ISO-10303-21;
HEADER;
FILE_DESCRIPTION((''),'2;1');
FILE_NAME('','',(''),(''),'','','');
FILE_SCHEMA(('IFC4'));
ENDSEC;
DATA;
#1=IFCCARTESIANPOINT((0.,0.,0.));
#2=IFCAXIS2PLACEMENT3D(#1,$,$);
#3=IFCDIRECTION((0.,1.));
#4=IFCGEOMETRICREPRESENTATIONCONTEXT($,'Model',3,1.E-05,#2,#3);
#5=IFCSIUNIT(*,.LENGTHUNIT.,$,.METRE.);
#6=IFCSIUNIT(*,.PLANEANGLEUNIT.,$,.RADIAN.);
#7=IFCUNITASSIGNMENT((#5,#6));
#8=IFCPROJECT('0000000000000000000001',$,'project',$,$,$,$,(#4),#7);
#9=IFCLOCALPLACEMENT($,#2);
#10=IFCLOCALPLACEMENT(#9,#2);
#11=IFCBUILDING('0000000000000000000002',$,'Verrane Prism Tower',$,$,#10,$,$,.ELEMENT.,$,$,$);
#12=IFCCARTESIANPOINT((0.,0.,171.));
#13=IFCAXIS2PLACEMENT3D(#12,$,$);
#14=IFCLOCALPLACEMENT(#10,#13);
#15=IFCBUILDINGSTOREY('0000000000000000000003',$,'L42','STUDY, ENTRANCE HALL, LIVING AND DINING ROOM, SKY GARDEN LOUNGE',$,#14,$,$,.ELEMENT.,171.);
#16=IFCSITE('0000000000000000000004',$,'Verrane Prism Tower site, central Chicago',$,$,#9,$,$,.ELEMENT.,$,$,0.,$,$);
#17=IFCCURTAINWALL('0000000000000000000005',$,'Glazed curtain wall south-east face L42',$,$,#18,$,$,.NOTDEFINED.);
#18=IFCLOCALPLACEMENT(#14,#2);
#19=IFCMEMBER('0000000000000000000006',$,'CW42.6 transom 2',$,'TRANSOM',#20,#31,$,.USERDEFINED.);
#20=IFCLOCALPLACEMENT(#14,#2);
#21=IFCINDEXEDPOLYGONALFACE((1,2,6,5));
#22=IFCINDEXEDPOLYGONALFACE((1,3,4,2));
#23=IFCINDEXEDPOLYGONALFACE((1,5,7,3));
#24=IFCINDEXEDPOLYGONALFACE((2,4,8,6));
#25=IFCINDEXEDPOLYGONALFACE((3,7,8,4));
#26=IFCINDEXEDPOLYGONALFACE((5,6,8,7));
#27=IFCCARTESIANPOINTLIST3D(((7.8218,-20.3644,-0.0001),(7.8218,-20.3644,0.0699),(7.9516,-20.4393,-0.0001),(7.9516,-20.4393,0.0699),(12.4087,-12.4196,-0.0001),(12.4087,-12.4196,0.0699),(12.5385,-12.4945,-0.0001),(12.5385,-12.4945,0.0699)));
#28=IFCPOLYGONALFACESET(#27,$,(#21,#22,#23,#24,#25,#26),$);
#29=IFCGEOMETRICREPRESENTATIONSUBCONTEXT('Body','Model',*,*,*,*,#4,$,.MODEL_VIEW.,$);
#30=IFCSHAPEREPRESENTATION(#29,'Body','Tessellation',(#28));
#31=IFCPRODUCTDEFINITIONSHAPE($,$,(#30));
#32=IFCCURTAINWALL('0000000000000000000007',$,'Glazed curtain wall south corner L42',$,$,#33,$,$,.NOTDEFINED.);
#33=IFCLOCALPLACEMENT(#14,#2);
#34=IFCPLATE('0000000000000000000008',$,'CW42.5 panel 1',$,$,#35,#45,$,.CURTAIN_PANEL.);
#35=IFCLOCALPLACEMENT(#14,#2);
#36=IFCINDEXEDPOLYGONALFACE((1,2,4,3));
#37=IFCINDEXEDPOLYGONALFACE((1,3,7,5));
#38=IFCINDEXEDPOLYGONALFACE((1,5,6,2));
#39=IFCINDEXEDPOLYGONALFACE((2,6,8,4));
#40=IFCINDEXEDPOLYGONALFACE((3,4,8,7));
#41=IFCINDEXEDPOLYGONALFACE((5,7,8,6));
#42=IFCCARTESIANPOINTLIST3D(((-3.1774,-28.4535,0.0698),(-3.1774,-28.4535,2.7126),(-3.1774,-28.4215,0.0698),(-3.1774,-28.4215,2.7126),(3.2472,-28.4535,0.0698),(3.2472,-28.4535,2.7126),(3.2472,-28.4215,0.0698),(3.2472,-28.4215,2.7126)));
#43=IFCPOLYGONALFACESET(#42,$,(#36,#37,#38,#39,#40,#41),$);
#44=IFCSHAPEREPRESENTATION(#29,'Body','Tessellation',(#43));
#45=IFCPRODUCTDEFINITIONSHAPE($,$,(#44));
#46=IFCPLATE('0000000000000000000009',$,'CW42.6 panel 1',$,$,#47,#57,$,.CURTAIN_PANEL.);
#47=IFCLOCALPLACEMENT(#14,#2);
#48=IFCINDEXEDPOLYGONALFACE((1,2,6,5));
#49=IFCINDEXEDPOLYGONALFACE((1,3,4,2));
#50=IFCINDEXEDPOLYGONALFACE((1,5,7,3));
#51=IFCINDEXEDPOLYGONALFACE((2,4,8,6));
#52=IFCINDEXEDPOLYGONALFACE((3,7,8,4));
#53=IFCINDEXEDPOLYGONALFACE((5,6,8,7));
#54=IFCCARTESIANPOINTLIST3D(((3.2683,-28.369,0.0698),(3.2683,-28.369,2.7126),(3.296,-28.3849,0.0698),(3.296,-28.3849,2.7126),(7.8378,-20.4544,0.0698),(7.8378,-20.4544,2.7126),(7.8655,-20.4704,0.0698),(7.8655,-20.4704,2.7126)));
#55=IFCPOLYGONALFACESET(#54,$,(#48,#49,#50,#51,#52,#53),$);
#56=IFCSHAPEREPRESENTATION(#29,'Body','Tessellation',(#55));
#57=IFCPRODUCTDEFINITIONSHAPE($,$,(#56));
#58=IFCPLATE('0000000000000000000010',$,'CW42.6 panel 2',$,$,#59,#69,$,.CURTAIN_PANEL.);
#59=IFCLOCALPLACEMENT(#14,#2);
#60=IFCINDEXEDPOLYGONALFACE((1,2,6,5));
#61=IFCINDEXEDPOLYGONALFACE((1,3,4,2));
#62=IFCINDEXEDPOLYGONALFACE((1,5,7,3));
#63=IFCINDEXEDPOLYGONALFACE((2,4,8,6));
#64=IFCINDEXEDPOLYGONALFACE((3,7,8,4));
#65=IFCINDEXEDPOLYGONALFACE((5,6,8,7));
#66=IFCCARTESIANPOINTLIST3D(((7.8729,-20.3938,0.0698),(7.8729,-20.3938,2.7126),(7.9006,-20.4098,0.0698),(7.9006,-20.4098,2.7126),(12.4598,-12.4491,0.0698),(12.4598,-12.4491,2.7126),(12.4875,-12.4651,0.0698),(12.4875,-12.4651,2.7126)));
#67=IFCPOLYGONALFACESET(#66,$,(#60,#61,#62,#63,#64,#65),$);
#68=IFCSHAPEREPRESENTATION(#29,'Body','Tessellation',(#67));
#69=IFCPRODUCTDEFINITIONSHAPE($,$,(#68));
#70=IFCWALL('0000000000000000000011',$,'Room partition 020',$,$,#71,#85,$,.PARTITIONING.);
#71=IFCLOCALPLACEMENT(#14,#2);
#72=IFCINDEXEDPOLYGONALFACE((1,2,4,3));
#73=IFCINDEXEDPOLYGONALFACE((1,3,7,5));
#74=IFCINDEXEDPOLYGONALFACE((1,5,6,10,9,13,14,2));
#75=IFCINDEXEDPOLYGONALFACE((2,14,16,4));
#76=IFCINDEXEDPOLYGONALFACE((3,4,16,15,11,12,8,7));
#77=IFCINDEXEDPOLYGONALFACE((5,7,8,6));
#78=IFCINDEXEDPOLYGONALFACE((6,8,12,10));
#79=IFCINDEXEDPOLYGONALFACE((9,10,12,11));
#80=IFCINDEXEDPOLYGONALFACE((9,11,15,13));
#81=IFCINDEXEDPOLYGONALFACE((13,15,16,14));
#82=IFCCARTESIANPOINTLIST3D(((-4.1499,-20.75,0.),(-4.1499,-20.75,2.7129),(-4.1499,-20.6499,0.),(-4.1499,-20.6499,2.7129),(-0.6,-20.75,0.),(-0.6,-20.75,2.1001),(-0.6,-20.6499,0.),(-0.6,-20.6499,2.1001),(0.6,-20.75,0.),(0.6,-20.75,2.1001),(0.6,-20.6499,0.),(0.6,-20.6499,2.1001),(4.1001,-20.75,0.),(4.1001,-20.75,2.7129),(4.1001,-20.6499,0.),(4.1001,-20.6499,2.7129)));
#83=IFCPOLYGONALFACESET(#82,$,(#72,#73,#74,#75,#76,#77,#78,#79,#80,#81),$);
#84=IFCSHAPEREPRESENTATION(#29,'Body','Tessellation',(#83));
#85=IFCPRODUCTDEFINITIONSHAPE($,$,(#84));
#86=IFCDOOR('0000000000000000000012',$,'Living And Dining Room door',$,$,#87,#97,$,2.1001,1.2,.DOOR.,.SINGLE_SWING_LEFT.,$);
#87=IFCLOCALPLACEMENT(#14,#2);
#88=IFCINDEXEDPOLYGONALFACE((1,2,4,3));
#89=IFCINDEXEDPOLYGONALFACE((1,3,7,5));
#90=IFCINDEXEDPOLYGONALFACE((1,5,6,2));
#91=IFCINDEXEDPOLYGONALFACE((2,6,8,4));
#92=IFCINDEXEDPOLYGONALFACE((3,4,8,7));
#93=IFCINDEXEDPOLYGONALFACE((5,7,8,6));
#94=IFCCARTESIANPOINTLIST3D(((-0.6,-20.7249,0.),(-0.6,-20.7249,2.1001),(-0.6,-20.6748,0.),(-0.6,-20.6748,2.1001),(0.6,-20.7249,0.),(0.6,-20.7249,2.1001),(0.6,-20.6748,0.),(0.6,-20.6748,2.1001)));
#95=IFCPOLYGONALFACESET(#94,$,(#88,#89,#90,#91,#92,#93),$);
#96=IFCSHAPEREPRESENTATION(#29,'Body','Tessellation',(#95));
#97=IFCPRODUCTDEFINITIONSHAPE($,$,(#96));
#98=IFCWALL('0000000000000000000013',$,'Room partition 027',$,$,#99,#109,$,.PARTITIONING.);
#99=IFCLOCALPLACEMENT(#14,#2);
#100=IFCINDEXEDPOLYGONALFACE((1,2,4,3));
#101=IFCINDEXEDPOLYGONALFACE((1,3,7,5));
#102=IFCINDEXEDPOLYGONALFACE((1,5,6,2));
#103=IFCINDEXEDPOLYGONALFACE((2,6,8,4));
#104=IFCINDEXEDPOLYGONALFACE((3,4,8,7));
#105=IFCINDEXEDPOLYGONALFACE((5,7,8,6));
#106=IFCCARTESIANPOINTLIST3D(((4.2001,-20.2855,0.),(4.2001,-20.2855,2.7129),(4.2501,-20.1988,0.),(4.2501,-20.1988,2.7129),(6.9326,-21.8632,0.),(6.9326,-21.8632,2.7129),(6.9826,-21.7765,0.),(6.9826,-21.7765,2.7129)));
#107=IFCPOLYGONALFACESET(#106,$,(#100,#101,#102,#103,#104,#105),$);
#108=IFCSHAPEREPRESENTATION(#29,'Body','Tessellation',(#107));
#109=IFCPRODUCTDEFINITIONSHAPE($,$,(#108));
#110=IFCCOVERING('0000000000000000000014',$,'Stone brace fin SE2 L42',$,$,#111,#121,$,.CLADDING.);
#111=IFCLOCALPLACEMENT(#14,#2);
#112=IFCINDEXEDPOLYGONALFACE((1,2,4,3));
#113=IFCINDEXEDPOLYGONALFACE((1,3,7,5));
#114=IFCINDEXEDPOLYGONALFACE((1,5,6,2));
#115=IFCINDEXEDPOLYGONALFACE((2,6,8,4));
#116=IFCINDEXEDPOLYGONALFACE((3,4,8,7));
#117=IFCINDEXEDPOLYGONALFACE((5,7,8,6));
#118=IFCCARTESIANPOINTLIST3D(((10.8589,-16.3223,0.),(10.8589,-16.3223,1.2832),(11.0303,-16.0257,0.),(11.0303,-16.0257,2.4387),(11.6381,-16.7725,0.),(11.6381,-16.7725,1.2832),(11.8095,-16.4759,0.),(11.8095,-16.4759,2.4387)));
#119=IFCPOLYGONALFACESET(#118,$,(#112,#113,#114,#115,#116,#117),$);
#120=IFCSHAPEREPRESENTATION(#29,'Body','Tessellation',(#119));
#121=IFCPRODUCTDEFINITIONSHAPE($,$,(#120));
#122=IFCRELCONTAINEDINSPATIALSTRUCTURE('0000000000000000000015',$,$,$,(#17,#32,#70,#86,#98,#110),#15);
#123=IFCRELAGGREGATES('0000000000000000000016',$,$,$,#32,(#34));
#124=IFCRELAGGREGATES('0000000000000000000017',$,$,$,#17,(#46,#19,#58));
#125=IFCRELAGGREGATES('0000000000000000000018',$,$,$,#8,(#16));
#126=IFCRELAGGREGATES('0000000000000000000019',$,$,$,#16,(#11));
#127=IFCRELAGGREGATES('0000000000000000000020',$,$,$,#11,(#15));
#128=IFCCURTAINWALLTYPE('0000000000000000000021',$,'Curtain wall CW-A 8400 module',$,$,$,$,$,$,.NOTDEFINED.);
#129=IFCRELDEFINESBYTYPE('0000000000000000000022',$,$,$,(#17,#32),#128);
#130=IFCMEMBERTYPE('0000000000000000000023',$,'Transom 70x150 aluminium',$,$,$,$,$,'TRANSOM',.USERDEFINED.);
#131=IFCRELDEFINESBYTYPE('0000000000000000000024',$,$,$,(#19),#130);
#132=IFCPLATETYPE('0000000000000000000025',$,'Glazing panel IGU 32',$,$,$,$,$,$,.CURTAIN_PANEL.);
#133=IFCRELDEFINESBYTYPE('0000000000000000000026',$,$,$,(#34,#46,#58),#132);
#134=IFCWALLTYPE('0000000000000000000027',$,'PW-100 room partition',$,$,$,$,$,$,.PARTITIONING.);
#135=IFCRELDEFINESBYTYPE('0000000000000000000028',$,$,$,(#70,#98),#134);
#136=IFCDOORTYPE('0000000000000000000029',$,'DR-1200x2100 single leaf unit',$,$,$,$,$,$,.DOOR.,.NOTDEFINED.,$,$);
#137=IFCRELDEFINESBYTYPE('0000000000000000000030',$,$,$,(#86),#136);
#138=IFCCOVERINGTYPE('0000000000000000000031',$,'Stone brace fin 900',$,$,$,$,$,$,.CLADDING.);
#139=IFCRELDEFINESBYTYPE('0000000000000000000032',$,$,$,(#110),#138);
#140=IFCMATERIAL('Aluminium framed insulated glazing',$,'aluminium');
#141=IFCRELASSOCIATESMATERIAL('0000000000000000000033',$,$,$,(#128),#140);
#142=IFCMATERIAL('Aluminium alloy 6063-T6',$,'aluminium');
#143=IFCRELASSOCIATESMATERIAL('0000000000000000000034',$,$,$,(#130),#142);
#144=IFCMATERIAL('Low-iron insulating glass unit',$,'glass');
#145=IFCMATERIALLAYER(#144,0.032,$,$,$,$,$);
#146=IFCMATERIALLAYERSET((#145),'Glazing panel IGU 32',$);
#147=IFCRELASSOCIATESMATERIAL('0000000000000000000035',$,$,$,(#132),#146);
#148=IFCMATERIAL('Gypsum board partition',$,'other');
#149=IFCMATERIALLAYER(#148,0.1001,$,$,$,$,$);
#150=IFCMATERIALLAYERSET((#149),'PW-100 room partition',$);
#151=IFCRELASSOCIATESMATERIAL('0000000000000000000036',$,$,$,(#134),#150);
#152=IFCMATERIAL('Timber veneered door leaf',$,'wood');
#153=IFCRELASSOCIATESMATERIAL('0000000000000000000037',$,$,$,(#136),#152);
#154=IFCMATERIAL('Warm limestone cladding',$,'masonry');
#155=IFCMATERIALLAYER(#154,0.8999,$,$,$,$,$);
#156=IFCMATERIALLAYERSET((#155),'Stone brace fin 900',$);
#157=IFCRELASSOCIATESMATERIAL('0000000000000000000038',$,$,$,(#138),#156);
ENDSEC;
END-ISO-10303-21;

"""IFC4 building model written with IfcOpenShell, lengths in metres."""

from ifc_helpers import new_model, si_unit, direction, frame, frame_2d, origin, origin_2d, place, context, subcontext, project, spatial, polyline, rectangle, outline, extrude, material, layer, layer_set, material_profile, profile_set, type_object, element, fill, aggregate, save


model = new_model("IFC4")

# Units and contexts
model_context = context("Model", 3, precision=1e-05, world=origin(), true_north=direction((0.0, 1.0)))
body_context = subcontext(model_context, "Body", "Model", "MODEL_VIEW")
ifc_project = project(units=[si_unit("LENGTHUNIT", "METRE"), si_unit("PLANEANGLEUNIT", "RADIAN")], contexts=[model_context])

# Site, building, storey
site_placement = place(None, origin())
site = spatial("IfcSite", under=ifc_project, at=site_placement, Name="Verrane Prism Tower site, central Chicago", CompositionType="ELEMENT", RefElevation=0.0)
building_placement = place(site_placement, origin())
building = spatial("IfcBuilding", under=site, at=building_placement, Name="Verrane Prism Tower", CompositionType="ELEMENT")
storey_placement = place(building_placement, frame((0.0, 0.0, 171.0)))
storey = spatial("IfcBuildingStorey", under=building, at=storey_placement, Name="L42", Description="STUDY, ENTRANCE HALL, LIVING AND DINING ROOM, SKY GARDEN LOUNGE", CompositionType="ELEMENT", Elevation=171.0)

# Curtain wall
ifc_material_1 = material(Name="Aluminium framed insulated glazing", Category="aluminium")
curtain_wall_type = type_object("IfcCurtainWallType", Name="Curtain wall CW-A 8400 module", PredefinedType="NOTDEFINED", material=ifc_material_1)
curtain_wall_1_placement = place(storey_placement, origin())
curtain_wall_1 = element("IfcCurtainWall", 1, at=curtain_wall_1_placement, inside=storey, type_object=curtain_wall_type, Name="Glazed curtain wall south-east face L42", PredefinedType="NOTDEFINED")

# Member
ifc_material_2 = material(Name="Aluminium alloy 6063-T6", Category="aluminium")
ifc_material_profile_1 = material_profile(ifc_material_2, rectangle(XDim=0.1499, YDim=0.0701, at=origin_2d()), Name="Transom 70x150 aluminium")
ifc_profile_set_1 = profile_set([ifc_material_profile_1], Name="Aluminium alloy 6063-T6")
member_type_1 = type_object("IfcMemberType", Name="Transom 70x150 aluminium", ElementType="TRANSOM", PredefinedType="USERDEFINED", material=ifc_profile_set_1)
member_1_placement = place(storey_placement, frame((7.8867, -20.4019, 0.0349), z_axis=(0.499997, 0.866027, 0.0), x_axis=(-0.866027, 0.499997, 0.0)))
member_1 = element("IfcMember", 2, at=member_1_placement, type_object=member_type_1, Name="CW42.6 transom 2", ObjectType="TRANSOM", PredefinedType="USERDEFINED", context=body_context, shape_type="SweptSolid", body=[
    extrude(rectangle(XDim=0.1499, YDim=0.0701, at=origin_2d()), origin(), (0.0, 0.0, 1.0), 9.1738),
])

# Curtain wall, plate
curtain_wall_2_placement = place(storey_placement, origin())
curtain_wall_2 = element("IfcCurtainWall", 3, at=curtain_wall_2_placement, inside=storey, type_object=curtain_wall_type, Name="Glazed curtain wall south corner L42", PredefinedType="NOTDEFINED")
ifc_material_3 = material(Name="Low-iron insulating glass unit", Category="glass")
ifc_layer_1 = layer(ifc_material_3, 0.032)
ifc_layer_set_1 = layer_set([ifc_layer_1], Name="Glazing panel IGU 32")
plate_type = type_object("IfcPlateType", Name="Glazing panel IGU 32", PredefinedType="CURTAIN_PANEL", material=ifc_layer_set_1)
plate_1_placement = place(storey_placement, frame((0.0349, -28.4375, 0.0698), z_axis=(0.0, 0.0, 1.0), x_axis=(1.0, 0.0, 0.0)))
plate_1 = element("IfcPlate", 4, at=plate_1_placement, type_object=plate_type, Name="CW42.5 panel 1", PredefinedType="CURTAIN_PANEL", context=body_context, shape_type="SweptSolid", body=[
    extrude(rectangle(XDim=6.4246, YDim=0.032, at=origin_2d()), origin(), (0.0, 0.0, 1.0), 2.6428),
])
aggregate(curtain_wall_2, [plate_1])

# Plates
plate_2_placement = place(storey_placement, frame((5.5669, -24.4197, 0.0698), z_axis=(0.0, 0.0, 1.0), x_axis=(0.499998, 0.866026, 0.0)))
plate_2 = element("IfcPlate", 5, at=plate_2_placement, type_object=plate_type, Name="CW42.6 panel 1", PredefinedType="CURTAIN_PANEL", context=body_context, shape_type="SweptSolid", body=[
    extrude(rectangle(XDim=9.1389, YDim=0.032, at=origin_2d()), origin(), (0.0, 0.0, 1.0), 2.6428),
])
plate_3_placement = place(storey_placement, frame((10.1802, -16.4294, 0.0698), z_axis=(0.0, 0.0, 1.0), x_axis=(0.499998, 0.866026, 0.0)))
plate_3 = element("IfcPlate", 6, at=plate_3_placement, type_object=plate_type, Name="CW42.6 panel 2", PredefinedType="CURTAIN_PANEL", context=body_context, shape_type="SweptSolid", body=[
    extrude(rectangle(XDim=9.1738, YDim=0.032, at=origin_2d()), origin(), (0.0, 0.0, 1.0), 2.6428),
])
aggregate(curtain_wall_1, [plate_2, member_1, plate_3])

# Wall, opening, door
ifc_material_4 = material(Name="Gypsum board partition", Category="other")
ifc_layer_2 = layer(ifc_material_4, 0.1001)
ifc_layer_set_2 = layer_set([ifc_layer_2], Name="PW-100 room partition")
wall_type = type_object("IfcWallType", Name="PW-100 room partition", PredefinedType="PARTITIONING", material=ifc_layer_set_2)
wall_1_placement = place(storey_placement, frame((4.1001, -20.7, 0.0), z_axis=(0.0, 0.0, 1.0), x_axis=(-1.0, 0.0, 0.0)))
wall_1 = element("IfcWall", 7, at=wall_1_placement, inside=storey, type_object=wall_type, Name="Room partition 020", PredefinedType="PARTITIONING", context=body_context, shape_type="SweptSolid", body=[
    extrude(rectangle(XDim=8.25, YDim=0.1001, at=frame_2d((4.125, 0.0))), origin(), (0.0, 0.0, 1.0), 2.7129),
])
opening_placement = place(wall_1_placement, frame((3.5, 0.0, 0.0)))
opening = element("IfcOpeningElement", 8, at=opening_placement, cuts=wall_1, PredefinedType="OPENING", context=body_context, shape_type="SweptSolid", body=[
    extrude(rectangle(XDim=1.2, YDim=2.1001, at=frame_2d((0.6001, 1.05))), frame((0.0, 0.0601, 0.0), z_axis=(0.0, -1.0, 0.0), x_axis=(1.0, 0.0, 0.0)), (0.0, 0.0, 1.0), 0.1201),
])
ifc_material_5 = material(Name="Timber veneered door leaf", Category="wood")
door_type = type_object("IfcDoorType", Name="DR-1200x2100 single leaf unit", OperationType="NOTDEFINED", PredefinedType="DOOR", material=ifc_material_5)
door_placement = place(opening_placement, origin())
door = element("IfcDoor", 9, at=door_placement, inside=storey, type_object=door_type, Name="Living And Dining Room door", OperationType="SINGLE_SWING_LEFT", OverallHeight=2.1001, OverallWidth=1.2, PredefinedType="DOOR", context=body_context, shape_type="SweptSolid", body=[
    extrude(rectangle(XDim=1.2, YDim=2.1001, at=frame_2d((0.6001, 1.05))), frame((0.0, 0.0249, 0.0), z_axis=(0.0, -1.0, 0.0), x_axis=(1.0, 0.0, 0.0)), (0.0, 0.0, 1.0), 0.05),
])
fill(opening, door)

# Wall
wall_2_placement = place(storey_placement, frame((4.2251, -20.2422, 0.0), z_axis=(0.0, 0.0, 1.0), x_axis=(0.866015, -0.500017, 0.0)))
element("IfcWall", 10, at=wall_2_placement, inside=storey, type_object=wall_type, Name="Room partition 027", PredefinedType="PARTITIONING", context=body_context, shape_type="SweptSolid", body=[
    extrude(rectangle(XDim=3.1553, YDim=0.1001, at=frame_2d((1.5776, 0.0))), origin(), (0.0, 0.0, 1.0), 2.7129),
])

# Covering
ifc_material_6 = material(Name="Warm limestone cladding", Category="masonry")
ifc_layer_3 = layer(ifc_material_6, 0.8999)
ifc_layer_set_3 = layer_set([ifc_layer_3], Name="Stone brace fin 900")
covering_type = type_object("IfcCoveringType", Name="Stone brace fin 900", PredefinedType="CLADDING", material=ifc_layer_set_3)
covering_placement = place(storey_placement, frame((11.2485, -16.5474, 0.0), z_axis=(0.0, 0.0, 1.0), x_axis=(0.500278, 0.865865, 0.0)))
element("IfcCovering", 11, at=covering_placement, inside=storey, type_object=covering_type, Name="Stone brace fin SE2 L42", PredefinedType="CLADDING", context=body_context, shape_type="SweptSolid", body=[
    extrude(outline(polyline([(0.0, 0.0), (0.3425, 0.0), (0.3425, 2.4387), (0.0, 1.2832), (0.0, 0.0)])), frame((0.0, 0.45, 0.0), z_axis=(0.0, -1.0, 0.0), x_axis=(1.0, 0.0, 0.0)), (0.0, 0.0, 1.0), 0.8999),
])

save(model, "model.ifc")
